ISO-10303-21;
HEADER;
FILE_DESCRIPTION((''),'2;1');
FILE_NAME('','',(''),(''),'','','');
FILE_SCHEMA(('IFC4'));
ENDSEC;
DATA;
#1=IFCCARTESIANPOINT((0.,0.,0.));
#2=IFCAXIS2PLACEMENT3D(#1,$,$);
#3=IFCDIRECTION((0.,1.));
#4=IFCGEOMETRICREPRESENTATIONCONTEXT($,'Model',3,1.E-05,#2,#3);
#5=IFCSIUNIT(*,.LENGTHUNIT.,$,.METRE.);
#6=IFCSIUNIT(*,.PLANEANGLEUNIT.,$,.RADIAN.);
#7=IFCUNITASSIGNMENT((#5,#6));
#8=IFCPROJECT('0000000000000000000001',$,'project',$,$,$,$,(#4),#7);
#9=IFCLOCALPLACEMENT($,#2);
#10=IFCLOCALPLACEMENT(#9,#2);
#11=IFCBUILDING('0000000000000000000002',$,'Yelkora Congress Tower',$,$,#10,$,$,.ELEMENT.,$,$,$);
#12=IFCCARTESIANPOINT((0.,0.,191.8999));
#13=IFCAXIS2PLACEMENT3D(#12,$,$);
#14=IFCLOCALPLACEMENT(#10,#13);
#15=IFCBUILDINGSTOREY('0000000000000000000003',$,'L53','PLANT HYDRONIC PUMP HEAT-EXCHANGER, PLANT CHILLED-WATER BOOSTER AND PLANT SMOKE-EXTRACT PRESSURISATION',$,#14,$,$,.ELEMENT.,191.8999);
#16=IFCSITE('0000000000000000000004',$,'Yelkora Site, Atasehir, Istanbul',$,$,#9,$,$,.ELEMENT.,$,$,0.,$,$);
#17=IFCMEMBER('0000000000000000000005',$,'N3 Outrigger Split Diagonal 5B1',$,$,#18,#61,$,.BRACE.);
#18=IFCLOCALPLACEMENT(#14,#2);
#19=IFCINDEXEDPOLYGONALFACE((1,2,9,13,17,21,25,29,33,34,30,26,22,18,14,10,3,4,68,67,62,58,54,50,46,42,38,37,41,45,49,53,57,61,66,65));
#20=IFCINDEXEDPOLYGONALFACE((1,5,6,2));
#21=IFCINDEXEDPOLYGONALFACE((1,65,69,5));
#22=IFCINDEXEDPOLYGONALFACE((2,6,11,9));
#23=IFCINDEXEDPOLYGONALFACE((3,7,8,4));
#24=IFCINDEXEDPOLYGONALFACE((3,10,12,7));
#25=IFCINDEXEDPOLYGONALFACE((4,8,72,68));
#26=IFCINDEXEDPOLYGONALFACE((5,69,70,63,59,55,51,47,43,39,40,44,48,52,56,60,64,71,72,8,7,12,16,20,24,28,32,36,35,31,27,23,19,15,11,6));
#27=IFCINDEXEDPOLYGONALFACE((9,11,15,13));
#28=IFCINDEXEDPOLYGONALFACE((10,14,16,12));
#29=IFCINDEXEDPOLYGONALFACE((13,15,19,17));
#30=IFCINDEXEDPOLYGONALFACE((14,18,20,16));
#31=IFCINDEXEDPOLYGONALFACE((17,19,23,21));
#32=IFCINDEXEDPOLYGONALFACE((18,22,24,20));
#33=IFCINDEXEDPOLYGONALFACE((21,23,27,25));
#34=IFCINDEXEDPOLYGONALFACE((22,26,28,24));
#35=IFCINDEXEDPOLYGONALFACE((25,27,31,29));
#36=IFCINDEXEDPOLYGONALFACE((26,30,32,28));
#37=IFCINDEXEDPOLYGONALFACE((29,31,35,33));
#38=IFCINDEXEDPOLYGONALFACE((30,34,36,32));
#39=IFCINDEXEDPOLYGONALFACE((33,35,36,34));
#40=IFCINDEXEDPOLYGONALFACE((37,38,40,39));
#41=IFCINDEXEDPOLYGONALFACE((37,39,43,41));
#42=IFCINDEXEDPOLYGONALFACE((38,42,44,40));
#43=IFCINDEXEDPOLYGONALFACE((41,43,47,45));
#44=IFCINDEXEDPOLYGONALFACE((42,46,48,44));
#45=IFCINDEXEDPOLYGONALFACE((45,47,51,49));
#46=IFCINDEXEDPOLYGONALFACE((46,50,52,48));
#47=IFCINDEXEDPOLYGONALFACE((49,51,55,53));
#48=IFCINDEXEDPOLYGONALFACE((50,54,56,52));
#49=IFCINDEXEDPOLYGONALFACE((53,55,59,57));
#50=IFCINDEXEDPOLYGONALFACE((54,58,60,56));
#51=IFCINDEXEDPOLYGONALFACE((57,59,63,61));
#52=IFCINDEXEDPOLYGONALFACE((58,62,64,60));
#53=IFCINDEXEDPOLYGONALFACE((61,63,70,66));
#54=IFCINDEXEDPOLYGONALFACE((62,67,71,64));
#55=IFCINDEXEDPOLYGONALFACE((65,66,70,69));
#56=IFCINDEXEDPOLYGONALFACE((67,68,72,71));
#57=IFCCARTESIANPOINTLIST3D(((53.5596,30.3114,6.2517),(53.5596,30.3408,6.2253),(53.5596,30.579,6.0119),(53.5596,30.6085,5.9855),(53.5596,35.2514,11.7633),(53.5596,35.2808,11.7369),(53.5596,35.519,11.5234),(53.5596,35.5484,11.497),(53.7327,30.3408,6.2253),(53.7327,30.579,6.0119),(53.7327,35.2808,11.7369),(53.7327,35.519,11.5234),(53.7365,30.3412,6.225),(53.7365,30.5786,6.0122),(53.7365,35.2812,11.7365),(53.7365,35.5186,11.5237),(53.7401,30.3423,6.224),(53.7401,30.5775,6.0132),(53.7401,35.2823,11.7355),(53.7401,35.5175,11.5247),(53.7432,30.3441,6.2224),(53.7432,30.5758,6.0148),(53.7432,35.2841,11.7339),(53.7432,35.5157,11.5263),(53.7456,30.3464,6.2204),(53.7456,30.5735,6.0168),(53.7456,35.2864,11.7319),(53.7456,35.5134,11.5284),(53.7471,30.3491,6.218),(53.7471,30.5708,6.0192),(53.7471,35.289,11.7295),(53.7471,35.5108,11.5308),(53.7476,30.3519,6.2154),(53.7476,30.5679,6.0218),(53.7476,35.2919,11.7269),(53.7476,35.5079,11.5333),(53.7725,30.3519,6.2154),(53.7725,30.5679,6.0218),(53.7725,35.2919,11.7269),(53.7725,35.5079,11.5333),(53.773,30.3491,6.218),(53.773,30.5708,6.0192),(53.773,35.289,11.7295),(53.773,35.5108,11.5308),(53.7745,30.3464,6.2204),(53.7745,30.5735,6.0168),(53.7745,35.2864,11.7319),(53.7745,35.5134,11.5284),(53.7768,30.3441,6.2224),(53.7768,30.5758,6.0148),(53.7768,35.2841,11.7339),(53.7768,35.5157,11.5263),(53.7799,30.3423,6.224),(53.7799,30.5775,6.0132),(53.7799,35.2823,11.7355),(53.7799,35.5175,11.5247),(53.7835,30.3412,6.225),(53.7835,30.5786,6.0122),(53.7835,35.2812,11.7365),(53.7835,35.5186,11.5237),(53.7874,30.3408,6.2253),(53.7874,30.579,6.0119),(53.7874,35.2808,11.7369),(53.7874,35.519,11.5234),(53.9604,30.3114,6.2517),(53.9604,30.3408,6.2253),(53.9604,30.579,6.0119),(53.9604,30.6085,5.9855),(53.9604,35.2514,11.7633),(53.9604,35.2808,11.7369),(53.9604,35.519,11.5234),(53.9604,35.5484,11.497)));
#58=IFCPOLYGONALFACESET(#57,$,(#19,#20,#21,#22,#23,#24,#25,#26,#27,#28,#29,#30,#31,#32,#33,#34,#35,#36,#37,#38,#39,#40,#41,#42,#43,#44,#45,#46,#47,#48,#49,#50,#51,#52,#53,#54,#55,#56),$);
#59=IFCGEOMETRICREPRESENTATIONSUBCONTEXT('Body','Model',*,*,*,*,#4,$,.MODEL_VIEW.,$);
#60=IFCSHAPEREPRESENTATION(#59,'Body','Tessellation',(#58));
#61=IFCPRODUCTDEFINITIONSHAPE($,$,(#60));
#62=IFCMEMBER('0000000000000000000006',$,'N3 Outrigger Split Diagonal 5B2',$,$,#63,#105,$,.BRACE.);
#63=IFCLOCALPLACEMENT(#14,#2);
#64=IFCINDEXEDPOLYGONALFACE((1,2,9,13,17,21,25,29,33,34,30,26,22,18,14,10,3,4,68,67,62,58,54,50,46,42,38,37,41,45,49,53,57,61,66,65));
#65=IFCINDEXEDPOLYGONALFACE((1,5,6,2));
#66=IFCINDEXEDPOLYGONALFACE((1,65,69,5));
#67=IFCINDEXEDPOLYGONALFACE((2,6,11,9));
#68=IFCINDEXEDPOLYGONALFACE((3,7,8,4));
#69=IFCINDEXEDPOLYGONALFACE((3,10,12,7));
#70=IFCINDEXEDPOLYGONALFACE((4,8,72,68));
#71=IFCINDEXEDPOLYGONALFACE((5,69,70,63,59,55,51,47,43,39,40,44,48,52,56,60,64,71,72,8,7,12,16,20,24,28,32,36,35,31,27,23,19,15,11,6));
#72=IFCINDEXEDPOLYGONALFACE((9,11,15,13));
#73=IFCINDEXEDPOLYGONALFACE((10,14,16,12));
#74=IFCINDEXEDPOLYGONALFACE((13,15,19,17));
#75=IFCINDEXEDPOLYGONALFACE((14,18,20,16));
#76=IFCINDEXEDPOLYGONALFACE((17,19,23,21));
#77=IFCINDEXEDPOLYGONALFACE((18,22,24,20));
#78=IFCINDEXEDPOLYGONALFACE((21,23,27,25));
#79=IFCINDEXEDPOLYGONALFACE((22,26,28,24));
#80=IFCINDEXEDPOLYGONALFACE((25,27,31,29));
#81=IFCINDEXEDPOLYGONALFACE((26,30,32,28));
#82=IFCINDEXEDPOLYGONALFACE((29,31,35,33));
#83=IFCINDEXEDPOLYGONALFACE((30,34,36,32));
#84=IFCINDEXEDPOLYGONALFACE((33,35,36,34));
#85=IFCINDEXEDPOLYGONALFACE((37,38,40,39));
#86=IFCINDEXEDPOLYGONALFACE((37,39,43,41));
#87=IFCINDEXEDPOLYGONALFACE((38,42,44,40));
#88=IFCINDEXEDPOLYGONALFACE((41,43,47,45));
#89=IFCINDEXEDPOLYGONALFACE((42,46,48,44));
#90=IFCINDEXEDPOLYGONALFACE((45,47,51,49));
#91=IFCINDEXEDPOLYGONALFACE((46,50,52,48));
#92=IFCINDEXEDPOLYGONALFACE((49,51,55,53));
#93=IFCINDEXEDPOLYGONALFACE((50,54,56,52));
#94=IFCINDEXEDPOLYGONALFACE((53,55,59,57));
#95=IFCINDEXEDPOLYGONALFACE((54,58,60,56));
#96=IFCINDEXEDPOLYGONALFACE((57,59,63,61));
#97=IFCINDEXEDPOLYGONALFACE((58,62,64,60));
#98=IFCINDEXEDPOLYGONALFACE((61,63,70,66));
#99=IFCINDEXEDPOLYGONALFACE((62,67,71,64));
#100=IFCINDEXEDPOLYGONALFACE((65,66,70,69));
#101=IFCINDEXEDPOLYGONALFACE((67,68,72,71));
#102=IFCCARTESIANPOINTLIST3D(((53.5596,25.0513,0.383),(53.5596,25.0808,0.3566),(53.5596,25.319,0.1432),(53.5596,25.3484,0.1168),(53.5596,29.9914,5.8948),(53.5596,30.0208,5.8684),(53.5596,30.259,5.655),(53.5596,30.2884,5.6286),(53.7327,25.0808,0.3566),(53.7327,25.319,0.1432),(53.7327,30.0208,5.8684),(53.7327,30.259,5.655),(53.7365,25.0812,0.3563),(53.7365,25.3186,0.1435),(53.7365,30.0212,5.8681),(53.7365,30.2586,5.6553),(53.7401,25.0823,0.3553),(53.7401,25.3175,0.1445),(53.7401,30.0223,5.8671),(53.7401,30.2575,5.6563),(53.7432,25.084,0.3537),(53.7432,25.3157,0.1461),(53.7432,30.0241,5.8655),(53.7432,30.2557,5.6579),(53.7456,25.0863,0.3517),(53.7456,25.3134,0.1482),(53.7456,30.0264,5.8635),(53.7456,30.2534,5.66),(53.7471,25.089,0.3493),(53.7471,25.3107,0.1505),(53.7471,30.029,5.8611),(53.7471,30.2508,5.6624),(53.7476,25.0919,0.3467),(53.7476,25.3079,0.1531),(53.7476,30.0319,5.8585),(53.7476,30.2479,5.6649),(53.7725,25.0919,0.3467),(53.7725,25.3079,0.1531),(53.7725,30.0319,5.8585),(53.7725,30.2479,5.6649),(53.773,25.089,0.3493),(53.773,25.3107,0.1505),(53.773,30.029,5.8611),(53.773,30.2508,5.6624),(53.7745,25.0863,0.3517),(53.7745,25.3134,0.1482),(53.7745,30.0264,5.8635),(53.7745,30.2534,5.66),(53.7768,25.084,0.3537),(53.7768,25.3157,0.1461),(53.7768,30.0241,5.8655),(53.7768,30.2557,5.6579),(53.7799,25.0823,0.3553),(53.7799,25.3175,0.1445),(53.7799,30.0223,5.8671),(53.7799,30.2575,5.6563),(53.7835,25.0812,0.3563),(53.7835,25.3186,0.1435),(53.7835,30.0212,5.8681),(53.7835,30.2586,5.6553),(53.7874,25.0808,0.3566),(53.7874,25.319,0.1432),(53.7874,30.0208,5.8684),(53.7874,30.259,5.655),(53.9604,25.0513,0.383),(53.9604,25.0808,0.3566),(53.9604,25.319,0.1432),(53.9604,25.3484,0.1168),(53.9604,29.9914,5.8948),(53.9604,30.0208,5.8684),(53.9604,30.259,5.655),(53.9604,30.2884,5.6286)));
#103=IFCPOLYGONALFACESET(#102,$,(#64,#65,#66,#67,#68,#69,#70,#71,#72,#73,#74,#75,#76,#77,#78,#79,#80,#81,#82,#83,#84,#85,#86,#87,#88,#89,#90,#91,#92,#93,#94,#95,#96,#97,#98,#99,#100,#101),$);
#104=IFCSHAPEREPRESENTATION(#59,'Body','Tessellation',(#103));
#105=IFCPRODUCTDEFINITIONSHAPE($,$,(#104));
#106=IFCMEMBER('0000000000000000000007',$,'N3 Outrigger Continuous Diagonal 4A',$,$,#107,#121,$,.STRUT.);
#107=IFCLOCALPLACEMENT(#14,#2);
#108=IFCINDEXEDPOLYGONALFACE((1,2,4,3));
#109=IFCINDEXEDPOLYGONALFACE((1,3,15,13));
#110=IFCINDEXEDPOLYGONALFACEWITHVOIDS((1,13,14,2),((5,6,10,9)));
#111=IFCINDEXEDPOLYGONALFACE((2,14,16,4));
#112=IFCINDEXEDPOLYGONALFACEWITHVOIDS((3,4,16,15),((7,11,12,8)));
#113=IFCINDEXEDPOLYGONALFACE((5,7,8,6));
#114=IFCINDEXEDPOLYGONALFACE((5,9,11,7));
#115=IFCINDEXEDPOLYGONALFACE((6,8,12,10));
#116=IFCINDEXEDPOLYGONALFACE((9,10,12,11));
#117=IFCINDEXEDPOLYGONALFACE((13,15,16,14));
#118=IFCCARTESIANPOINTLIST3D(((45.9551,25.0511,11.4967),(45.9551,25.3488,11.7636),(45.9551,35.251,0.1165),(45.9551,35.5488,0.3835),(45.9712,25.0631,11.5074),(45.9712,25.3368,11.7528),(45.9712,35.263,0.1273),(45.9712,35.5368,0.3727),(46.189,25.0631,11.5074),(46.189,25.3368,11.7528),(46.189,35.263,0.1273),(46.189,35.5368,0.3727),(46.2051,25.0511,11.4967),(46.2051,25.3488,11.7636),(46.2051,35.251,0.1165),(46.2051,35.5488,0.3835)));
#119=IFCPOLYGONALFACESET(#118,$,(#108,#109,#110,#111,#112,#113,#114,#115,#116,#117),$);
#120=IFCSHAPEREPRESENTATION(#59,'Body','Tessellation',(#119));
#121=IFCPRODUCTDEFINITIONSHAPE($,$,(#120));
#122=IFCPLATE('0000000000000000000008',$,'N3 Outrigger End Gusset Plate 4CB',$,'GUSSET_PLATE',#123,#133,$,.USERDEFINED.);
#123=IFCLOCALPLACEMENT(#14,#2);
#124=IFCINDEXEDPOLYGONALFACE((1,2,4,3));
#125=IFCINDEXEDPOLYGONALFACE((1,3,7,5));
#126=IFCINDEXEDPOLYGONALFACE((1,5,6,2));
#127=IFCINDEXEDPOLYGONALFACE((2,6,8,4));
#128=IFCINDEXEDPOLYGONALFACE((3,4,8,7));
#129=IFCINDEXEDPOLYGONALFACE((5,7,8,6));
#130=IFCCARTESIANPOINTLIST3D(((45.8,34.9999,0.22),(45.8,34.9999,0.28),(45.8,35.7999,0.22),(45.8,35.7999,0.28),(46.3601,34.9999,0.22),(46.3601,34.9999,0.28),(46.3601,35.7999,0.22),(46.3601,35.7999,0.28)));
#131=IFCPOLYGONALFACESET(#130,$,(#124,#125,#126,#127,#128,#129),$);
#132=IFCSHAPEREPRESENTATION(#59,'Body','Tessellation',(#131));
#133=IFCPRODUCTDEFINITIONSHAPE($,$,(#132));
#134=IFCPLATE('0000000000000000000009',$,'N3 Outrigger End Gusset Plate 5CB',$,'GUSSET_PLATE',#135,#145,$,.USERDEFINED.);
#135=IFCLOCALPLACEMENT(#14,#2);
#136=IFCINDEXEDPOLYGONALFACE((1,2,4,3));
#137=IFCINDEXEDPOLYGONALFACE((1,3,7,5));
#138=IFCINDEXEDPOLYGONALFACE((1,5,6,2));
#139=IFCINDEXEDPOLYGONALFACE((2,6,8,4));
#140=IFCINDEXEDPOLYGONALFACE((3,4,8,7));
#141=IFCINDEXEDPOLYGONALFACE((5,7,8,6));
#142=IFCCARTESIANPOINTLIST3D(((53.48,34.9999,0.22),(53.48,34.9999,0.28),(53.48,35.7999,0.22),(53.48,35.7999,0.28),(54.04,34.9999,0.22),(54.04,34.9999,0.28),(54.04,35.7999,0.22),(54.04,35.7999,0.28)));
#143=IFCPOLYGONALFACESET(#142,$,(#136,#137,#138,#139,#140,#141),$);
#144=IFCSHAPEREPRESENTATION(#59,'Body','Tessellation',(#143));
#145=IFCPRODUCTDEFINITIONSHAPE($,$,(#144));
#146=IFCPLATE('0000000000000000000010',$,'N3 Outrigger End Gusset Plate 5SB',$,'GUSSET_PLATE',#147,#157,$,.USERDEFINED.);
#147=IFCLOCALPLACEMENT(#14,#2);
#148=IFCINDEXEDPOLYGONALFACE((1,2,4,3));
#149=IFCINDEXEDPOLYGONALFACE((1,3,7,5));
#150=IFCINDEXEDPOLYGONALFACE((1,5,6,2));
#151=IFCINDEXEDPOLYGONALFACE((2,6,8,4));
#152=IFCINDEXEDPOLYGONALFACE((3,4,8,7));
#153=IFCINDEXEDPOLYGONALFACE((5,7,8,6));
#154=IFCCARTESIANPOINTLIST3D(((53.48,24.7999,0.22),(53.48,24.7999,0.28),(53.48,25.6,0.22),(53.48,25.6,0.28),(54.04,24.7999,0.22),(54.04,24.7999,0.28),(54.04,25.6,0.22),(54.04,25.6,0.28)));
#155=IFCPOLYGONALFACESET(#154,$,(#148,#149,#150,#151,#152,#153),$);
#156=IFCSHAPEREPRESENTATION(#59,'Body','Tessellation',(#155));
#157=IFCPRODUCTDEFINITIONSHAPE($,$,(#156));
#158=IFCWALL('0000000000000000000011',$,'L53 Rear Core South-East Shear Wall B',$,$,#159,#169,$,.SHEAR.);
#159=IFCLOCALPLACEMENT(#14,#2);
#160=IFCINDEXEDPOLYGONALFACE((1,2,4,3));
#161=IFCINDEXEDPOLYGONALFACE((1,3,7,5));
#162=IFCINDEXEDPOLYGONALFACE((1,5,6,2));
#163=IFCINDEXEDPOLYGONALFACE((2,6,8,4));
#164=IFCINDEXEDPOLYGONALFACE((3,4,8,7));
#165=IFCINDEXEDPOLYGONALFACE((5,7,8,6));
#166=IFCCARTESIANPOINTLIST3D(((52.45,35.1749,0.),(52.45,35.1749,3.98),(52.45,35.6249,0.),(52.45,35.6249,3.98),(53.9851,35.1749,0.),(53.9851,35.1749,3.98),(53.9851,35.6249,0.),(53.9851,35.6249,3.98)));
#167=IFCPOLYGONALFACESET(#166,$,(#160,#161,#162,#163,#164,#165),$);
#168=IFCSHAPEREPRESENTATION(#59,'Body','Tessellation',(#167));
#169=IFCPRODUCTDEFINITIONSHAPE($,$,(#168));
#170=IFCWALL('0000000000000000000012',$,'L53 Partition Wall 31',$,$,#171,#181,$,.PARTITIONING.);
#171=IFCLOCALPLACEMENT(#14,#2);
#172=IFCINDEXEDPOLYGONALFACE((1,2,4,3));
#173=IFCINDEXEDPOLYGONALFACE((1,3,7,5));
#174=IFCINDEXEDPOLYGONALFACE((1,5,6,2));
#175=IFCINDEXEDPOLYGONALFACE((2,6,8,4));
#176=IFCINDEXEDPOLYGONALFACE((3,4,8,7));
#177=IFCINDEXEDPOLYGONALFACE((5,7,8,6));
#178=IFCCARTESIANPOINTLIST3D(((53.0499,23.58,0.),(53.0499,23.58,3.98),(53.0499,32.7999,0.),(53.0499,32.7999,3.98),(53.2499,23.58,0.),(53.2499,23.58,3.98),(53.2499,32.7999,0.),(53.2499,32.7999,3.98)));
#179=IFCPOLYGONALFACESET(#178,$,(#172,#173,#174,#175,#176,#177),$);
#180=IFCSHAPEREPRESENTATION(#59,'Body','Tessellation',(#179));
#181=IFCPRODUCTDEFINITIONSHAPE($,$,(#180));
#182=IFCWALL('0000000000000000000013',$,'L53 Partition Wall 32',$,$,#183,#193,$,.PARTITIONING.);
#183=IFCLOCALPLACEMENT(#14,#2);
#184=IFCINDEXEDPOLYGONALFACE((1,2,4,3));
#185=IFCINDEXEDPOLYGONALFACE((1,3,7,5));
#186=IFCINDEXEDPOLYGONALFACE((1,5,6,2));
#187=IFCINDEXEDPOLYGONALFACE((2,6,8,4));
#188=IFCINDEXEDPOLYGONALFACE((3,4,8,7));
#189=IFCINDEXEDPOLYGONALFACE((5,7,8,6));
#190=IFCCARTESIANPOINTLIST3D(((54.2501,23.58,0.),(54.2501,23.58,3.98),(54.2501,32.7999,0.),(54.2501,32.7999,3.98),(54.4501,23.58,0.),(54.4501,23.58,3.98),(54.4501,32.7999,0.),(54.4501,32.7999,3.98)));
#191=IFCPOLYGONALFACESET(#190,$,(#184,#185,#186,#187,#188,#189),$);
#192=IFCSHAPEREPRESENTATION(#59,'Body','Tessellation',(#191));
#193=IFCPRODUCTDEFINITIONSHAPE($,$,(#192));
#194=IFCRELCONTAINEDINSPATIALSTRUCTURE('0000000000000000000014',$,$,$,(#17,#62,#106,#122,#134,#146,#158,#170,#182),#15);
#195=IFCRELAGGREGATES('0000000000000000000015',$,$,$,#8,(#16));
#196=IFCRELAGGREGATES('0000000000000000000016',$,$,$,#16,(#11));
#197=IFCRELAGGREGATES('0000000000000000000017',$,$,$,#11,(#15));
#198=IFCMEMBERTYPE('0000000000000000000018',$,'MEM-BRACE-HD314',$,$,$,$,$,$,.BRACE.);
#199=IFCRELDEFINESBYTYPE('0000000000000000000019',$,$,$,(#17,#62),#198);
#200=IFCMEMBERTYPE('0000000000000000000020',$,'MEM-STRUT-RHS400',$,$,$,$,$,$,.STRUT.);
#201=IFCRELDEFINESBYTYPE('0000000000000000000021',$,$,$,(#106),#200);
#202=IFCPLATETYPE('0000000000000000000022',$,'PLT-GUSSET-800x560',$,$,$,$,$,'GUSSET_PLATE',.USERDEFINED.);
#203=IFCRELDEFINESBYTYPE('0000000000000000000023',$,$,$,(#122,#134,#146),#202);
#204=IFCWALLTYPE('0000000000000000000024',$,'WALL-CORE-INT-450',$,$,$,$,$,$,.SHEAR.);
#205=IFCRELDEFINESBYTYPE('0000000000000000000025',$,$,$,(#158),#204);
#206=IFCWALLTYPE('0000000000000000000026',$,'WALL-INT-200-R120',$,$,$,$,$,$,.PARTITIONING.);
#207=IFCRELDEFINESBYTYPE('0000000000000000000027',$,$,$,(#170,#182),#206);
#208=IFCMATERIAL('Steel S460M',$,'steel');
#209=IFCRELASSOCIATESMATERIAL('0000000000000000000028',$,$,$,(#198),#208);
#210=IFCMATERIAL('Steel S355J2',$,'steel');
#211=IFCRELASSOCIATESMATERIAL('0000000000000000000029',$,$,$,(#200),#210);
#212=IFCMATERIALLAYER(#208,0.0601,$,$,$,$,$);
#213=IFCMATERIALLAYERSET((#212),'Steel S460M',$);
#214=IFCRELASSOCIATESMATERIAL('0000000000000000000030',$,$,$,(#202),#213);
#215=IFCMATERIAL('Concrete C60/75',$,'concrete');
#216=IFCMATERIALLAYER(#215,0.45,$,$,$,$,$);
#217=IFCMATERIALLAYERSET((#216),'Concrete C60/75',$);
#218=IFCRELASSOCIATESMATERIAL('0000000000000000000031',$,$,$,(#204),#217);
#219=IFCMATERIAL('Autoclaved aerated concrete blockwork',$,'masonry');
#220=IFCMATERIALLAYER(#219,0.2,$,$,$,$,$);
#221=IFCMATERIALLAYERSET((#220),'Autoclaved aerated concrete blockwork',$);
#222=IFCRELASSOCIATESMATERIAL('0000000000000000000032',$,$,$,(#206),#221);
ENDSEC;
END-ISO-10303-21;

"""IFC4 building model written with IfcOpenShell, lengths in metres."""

from ifc_helpers import new_model, si_unit, direction, frame, frame_2d, origin, origin_2d, place, context, subcontext, project, spatial, rectangle, hollow_rectangle, i_section, extrude, material, layer, layer_set, material_profile, profile_set, type_object, element, save


model = new_model("IFC4")

# Units and contexts
model_context = context("Model", 3, precision=1e-05, world=origin(), true_north=direction((0.0, 1.0)))
body_context = subcontext(model_context, "Body", "Model", "MODEL_VIEW")
ifc_project = project(units=[si_unit("LENGTHUNIT", "METRE"), si_unit("PLANEANGLEUNIT", "RADIAN")], contexts=[model_context])

# Site, building, storey
site_placement = place(None, origin())
site = spatial("IfcSite", under=ifc_project, at=site_placement, Name="Yelkora Site, Atasehir, Istanbul", CompositionType="ELEMENT", RefElevation=0.0)
building_placement = place(site_placement, origin())
building = spatial("IfcBuilding", under=site, at=building_placement, Name="Yelkora Congress Tower", CompositionType="ELEMENT")
storey_placement = place(building_placement, frame((0.0, 0.0, 191.8999)))
storey = spatial("IfcBuildingStorey", under=building, at=storey_placement, Name="L53", Description="PLANT HYDRONIC PUMP HEAT-EXCHANGER, PLANT CHILLED-WATER BOOSTER AND PLANT SMOKE-EXTRACT PRESSURISATION", CompositionType="ELEMENT", Elevation=191.8999)

# Shared definitions
ifc_material_1 = material(Name="Steel S460M", Category="steel")

# Members
ifc_material_profile_1 = material_profile(ifc_material_1, i_section(OverallWidth=0.4009, OverallDepth=0.3989, WebThickness=0.0249, FlangeThickness=0.0396, FilletRadius=0.0149, at=origin_2d()), Name="HD 400x314")
ifc_profile_set_1 = profile_set([ifc_material_profile_1], Name="Steel S460M")
member_type_1 = type_object("IfcMemberType", Name="MEM-BRACE-HD314", PredefinedType="BRACE", material=ifc_profile_set_1)
member_1_placement = place(storey_placement, frame((53.76, 35.3999, 11.6301), z_axis=(0.0, -0.667442, -0.744662), x_axis=(1.0, 0.0, 0.0)))
element("IfcMember", 1, at=member_1_placement, inside=storey, type_object=member_type_1, Name="N3 Outrigger Split Diagonal 5B1", PredefinedType="BRACE", context=body_context, shape_type="SweptSolid", body=[
    extrude(i_section(OverallWidth=0.4009, OverallDepth=0.3989, WebThickness=0.0249, FlangeThickness=0.0396, FilletRadius=0.0149, at=origin_2d()), origin(), (0.0, 0.0, 1.0), 7.4014),
])
member_2_placement = place(storey_placement, frame((53.76, 30.1399, 5.7617), z_axis=(0.0, -0.667425, -0.744677), x_axis=(1.0, 0.0, 0.0)))
element("IfcMember", 2, at=member_2_placement, inside=storey, type_object=member_type_1, Name="N3 Outrigger Split Diagonal 5B2", PredefinedType="BRACE", context=body_context, shape_type="SweptSolid", body=[
    extrude(i_section(OverallWidth=0.4009, OverallDepth=0.3989, WebThickness=0.0249, FlangeThickness=0.0396, FilletRadius=0.0149, at=origin_2d()), origin(), (0.0, 0.0, 1.0), 7.4016),
])
ifc_material_2 = material(Name="Steel S355J2", Category="steel")
ifc_material_profile_2 = material_profile(ifc_material_2, hollow_rectangle(XDim=0.25, YDim=0.3999, WallThickness=0.0161, at=origin_2d()), Name="RHS 400x250x16")
ifc_profile_set_2 = profile_set([ifc_material_profile_2], Name="Steel S355J2")
member_type_2 = type_object("IfcMemberType", Name="MEM-STRUT-RHS400", PredefinedType="STRUT", material=ifc_profile_set_2)
member_3_placement = place(storey_placement, frame((46.0801, 35.3999, 0.25), z_axis=(0.0, -0.667439, 0.744664), x_axis=(1.0, 0.0, 0.0)))
element("IfcMember", 3, at=member_3_placement, inside=storey, type_object=member_type_2, Name="N3 Outrigger Continuous Diagonal 4A", PredefinedType="STRUT", context=body_context, shape_type="SweptSolid", body=[
    extrude(hollow_rectangle(XDim=0.25, YDim=0.3999, WallThickness=0.0161, at=origin_2d()), origin(), (0.0, 0.0, 1.0), 15.2822),
])

# Plates
ifc_layer_1 = layer(ifc_material_1, 0.0601)
ifc_layer_set_1 = layer_set([ifc_layer_1], Name="Steel S460M")
plate_type = type_object("IfcPlateType", Name="PLT-GUSSET-800x560", ElementType="GUSSET_PLATE", PredefinedType="USERDEFINED", material=ifc_layer_set_1)
for number, where, z_axis, x_axis, name in (
    (4, (46.0801, 35.3999, 0.22), (0.0, 0.0, 1.0), (0.0, 1.0, 0.0), "N3 Outrigger End Gusset Plate 4CB"),
    (5, (53.76, 35.3999, 0.22), (0.0, 0.0, 1.0), (0.0, 1.0, 0.0), "N3 Outrigger End Gusset Plate 5CB"),
    (6, (53.76, 25.2, 0.22), (0.0, 0.0, 1.0), (0.0, 1.0, 0.0), "N3 Outrigger End Gusset Plate 5SB"),
):
    element("IfcPlate", number, at=place(storey_placement, frame(where, z_axis=z_axis, x_axis=x_axis)), inside=storey, type_object=plate_type, Name=name, ObjectType="GUSSET_PLATE", PredefinedType="USERDEFINED", context=body_context, shape_type="SweptSolid", body=[
        extrude(rectangle(XDim=0.8, YDim=0.5601, at=origin_2d()), origin(), (0.0, 0.0, 1.0), 0.0601),
    ])

# Wall
ifc_material_3 = material(Name="Concrete C60/75", Category="concrete")
ifc_layer_2 = layer(ifc_material_3, 0.45)
ifc_layer_set_2 = layer_set([ifc_layer_2], Name="Concrete C60/75")
wall_type_1 = type_object("IfcWallType", Name="WALL-CORE-INT-450", PredefinedType="SHEAR", material=ifc_layer_set_2)
wall_1_placement = place(storey_placement, frame((52.45, 35.3999, 0.0), z_axis=(0.0, 0.0, 1.0), x_axis=(1.0, 0.0, 0.0)))
element("IfcWall", 7, at=wall_1_placement, inside=storey, type_object=wall_type_1, Name="L53 Rear Core South-East Shear Wall B", PredefinedType="SHEAR", context=body_context, shape_type="SweptSolid", body=[
    extrude(rectangle(XDim=1.5352, YDim=0.45, at=frame_2d((0.7676, 0.0))), origin(), (0.0, 0.0, 1.0), 3.98),
])

# Shared definitions
ifc_material_4 = material(Name="Autoclaved aerated concrete blockwork", Category="masonry")
ifc_layer_3 = layer(ifc_material_4, 0.2)
ifc_layer_set_3 = layer_set([ifc_layer_3], Name="Autoclaved aerated concrete blockwork")
wall_type_2 = type_object("IfcWallType", Name="WALL-INT-200-R120", PredefinedType="PARTITIONING", material=ifc_layer_set_3)

# Walls
for number, where, z_axis, x_axis, name in (
    (8, (53.1499, 23.5801, 0.0), (0.0, 0.0, 1.0), (0.0, 1.0, 0.0), "L53 Partition Wall 31"),
    (9, (54.3501, 23.5801, 0.0), (0.0, 0.0, 1.0), (0.0, 1.0, 0.0), "L53 Partition Wall 32"),
):
    element("IfcWall", number, at=place(storey_placement, frame(where, z_axis=z_axis, x_axis=x_axis)), inside=storey, type_object=wall_type_2, Name=name, PredefinedType="PARTITIONING", context=body_context, shape_type="SweptSolid", body=[
        extrude(rectangle(XDim=9.22, YDim=0.2, at=frame_2d((4.6099, 0.0))), origin(), (0.0, 0.0, 1.0), 3.98),
    ])

save(model, "model.ifc")
